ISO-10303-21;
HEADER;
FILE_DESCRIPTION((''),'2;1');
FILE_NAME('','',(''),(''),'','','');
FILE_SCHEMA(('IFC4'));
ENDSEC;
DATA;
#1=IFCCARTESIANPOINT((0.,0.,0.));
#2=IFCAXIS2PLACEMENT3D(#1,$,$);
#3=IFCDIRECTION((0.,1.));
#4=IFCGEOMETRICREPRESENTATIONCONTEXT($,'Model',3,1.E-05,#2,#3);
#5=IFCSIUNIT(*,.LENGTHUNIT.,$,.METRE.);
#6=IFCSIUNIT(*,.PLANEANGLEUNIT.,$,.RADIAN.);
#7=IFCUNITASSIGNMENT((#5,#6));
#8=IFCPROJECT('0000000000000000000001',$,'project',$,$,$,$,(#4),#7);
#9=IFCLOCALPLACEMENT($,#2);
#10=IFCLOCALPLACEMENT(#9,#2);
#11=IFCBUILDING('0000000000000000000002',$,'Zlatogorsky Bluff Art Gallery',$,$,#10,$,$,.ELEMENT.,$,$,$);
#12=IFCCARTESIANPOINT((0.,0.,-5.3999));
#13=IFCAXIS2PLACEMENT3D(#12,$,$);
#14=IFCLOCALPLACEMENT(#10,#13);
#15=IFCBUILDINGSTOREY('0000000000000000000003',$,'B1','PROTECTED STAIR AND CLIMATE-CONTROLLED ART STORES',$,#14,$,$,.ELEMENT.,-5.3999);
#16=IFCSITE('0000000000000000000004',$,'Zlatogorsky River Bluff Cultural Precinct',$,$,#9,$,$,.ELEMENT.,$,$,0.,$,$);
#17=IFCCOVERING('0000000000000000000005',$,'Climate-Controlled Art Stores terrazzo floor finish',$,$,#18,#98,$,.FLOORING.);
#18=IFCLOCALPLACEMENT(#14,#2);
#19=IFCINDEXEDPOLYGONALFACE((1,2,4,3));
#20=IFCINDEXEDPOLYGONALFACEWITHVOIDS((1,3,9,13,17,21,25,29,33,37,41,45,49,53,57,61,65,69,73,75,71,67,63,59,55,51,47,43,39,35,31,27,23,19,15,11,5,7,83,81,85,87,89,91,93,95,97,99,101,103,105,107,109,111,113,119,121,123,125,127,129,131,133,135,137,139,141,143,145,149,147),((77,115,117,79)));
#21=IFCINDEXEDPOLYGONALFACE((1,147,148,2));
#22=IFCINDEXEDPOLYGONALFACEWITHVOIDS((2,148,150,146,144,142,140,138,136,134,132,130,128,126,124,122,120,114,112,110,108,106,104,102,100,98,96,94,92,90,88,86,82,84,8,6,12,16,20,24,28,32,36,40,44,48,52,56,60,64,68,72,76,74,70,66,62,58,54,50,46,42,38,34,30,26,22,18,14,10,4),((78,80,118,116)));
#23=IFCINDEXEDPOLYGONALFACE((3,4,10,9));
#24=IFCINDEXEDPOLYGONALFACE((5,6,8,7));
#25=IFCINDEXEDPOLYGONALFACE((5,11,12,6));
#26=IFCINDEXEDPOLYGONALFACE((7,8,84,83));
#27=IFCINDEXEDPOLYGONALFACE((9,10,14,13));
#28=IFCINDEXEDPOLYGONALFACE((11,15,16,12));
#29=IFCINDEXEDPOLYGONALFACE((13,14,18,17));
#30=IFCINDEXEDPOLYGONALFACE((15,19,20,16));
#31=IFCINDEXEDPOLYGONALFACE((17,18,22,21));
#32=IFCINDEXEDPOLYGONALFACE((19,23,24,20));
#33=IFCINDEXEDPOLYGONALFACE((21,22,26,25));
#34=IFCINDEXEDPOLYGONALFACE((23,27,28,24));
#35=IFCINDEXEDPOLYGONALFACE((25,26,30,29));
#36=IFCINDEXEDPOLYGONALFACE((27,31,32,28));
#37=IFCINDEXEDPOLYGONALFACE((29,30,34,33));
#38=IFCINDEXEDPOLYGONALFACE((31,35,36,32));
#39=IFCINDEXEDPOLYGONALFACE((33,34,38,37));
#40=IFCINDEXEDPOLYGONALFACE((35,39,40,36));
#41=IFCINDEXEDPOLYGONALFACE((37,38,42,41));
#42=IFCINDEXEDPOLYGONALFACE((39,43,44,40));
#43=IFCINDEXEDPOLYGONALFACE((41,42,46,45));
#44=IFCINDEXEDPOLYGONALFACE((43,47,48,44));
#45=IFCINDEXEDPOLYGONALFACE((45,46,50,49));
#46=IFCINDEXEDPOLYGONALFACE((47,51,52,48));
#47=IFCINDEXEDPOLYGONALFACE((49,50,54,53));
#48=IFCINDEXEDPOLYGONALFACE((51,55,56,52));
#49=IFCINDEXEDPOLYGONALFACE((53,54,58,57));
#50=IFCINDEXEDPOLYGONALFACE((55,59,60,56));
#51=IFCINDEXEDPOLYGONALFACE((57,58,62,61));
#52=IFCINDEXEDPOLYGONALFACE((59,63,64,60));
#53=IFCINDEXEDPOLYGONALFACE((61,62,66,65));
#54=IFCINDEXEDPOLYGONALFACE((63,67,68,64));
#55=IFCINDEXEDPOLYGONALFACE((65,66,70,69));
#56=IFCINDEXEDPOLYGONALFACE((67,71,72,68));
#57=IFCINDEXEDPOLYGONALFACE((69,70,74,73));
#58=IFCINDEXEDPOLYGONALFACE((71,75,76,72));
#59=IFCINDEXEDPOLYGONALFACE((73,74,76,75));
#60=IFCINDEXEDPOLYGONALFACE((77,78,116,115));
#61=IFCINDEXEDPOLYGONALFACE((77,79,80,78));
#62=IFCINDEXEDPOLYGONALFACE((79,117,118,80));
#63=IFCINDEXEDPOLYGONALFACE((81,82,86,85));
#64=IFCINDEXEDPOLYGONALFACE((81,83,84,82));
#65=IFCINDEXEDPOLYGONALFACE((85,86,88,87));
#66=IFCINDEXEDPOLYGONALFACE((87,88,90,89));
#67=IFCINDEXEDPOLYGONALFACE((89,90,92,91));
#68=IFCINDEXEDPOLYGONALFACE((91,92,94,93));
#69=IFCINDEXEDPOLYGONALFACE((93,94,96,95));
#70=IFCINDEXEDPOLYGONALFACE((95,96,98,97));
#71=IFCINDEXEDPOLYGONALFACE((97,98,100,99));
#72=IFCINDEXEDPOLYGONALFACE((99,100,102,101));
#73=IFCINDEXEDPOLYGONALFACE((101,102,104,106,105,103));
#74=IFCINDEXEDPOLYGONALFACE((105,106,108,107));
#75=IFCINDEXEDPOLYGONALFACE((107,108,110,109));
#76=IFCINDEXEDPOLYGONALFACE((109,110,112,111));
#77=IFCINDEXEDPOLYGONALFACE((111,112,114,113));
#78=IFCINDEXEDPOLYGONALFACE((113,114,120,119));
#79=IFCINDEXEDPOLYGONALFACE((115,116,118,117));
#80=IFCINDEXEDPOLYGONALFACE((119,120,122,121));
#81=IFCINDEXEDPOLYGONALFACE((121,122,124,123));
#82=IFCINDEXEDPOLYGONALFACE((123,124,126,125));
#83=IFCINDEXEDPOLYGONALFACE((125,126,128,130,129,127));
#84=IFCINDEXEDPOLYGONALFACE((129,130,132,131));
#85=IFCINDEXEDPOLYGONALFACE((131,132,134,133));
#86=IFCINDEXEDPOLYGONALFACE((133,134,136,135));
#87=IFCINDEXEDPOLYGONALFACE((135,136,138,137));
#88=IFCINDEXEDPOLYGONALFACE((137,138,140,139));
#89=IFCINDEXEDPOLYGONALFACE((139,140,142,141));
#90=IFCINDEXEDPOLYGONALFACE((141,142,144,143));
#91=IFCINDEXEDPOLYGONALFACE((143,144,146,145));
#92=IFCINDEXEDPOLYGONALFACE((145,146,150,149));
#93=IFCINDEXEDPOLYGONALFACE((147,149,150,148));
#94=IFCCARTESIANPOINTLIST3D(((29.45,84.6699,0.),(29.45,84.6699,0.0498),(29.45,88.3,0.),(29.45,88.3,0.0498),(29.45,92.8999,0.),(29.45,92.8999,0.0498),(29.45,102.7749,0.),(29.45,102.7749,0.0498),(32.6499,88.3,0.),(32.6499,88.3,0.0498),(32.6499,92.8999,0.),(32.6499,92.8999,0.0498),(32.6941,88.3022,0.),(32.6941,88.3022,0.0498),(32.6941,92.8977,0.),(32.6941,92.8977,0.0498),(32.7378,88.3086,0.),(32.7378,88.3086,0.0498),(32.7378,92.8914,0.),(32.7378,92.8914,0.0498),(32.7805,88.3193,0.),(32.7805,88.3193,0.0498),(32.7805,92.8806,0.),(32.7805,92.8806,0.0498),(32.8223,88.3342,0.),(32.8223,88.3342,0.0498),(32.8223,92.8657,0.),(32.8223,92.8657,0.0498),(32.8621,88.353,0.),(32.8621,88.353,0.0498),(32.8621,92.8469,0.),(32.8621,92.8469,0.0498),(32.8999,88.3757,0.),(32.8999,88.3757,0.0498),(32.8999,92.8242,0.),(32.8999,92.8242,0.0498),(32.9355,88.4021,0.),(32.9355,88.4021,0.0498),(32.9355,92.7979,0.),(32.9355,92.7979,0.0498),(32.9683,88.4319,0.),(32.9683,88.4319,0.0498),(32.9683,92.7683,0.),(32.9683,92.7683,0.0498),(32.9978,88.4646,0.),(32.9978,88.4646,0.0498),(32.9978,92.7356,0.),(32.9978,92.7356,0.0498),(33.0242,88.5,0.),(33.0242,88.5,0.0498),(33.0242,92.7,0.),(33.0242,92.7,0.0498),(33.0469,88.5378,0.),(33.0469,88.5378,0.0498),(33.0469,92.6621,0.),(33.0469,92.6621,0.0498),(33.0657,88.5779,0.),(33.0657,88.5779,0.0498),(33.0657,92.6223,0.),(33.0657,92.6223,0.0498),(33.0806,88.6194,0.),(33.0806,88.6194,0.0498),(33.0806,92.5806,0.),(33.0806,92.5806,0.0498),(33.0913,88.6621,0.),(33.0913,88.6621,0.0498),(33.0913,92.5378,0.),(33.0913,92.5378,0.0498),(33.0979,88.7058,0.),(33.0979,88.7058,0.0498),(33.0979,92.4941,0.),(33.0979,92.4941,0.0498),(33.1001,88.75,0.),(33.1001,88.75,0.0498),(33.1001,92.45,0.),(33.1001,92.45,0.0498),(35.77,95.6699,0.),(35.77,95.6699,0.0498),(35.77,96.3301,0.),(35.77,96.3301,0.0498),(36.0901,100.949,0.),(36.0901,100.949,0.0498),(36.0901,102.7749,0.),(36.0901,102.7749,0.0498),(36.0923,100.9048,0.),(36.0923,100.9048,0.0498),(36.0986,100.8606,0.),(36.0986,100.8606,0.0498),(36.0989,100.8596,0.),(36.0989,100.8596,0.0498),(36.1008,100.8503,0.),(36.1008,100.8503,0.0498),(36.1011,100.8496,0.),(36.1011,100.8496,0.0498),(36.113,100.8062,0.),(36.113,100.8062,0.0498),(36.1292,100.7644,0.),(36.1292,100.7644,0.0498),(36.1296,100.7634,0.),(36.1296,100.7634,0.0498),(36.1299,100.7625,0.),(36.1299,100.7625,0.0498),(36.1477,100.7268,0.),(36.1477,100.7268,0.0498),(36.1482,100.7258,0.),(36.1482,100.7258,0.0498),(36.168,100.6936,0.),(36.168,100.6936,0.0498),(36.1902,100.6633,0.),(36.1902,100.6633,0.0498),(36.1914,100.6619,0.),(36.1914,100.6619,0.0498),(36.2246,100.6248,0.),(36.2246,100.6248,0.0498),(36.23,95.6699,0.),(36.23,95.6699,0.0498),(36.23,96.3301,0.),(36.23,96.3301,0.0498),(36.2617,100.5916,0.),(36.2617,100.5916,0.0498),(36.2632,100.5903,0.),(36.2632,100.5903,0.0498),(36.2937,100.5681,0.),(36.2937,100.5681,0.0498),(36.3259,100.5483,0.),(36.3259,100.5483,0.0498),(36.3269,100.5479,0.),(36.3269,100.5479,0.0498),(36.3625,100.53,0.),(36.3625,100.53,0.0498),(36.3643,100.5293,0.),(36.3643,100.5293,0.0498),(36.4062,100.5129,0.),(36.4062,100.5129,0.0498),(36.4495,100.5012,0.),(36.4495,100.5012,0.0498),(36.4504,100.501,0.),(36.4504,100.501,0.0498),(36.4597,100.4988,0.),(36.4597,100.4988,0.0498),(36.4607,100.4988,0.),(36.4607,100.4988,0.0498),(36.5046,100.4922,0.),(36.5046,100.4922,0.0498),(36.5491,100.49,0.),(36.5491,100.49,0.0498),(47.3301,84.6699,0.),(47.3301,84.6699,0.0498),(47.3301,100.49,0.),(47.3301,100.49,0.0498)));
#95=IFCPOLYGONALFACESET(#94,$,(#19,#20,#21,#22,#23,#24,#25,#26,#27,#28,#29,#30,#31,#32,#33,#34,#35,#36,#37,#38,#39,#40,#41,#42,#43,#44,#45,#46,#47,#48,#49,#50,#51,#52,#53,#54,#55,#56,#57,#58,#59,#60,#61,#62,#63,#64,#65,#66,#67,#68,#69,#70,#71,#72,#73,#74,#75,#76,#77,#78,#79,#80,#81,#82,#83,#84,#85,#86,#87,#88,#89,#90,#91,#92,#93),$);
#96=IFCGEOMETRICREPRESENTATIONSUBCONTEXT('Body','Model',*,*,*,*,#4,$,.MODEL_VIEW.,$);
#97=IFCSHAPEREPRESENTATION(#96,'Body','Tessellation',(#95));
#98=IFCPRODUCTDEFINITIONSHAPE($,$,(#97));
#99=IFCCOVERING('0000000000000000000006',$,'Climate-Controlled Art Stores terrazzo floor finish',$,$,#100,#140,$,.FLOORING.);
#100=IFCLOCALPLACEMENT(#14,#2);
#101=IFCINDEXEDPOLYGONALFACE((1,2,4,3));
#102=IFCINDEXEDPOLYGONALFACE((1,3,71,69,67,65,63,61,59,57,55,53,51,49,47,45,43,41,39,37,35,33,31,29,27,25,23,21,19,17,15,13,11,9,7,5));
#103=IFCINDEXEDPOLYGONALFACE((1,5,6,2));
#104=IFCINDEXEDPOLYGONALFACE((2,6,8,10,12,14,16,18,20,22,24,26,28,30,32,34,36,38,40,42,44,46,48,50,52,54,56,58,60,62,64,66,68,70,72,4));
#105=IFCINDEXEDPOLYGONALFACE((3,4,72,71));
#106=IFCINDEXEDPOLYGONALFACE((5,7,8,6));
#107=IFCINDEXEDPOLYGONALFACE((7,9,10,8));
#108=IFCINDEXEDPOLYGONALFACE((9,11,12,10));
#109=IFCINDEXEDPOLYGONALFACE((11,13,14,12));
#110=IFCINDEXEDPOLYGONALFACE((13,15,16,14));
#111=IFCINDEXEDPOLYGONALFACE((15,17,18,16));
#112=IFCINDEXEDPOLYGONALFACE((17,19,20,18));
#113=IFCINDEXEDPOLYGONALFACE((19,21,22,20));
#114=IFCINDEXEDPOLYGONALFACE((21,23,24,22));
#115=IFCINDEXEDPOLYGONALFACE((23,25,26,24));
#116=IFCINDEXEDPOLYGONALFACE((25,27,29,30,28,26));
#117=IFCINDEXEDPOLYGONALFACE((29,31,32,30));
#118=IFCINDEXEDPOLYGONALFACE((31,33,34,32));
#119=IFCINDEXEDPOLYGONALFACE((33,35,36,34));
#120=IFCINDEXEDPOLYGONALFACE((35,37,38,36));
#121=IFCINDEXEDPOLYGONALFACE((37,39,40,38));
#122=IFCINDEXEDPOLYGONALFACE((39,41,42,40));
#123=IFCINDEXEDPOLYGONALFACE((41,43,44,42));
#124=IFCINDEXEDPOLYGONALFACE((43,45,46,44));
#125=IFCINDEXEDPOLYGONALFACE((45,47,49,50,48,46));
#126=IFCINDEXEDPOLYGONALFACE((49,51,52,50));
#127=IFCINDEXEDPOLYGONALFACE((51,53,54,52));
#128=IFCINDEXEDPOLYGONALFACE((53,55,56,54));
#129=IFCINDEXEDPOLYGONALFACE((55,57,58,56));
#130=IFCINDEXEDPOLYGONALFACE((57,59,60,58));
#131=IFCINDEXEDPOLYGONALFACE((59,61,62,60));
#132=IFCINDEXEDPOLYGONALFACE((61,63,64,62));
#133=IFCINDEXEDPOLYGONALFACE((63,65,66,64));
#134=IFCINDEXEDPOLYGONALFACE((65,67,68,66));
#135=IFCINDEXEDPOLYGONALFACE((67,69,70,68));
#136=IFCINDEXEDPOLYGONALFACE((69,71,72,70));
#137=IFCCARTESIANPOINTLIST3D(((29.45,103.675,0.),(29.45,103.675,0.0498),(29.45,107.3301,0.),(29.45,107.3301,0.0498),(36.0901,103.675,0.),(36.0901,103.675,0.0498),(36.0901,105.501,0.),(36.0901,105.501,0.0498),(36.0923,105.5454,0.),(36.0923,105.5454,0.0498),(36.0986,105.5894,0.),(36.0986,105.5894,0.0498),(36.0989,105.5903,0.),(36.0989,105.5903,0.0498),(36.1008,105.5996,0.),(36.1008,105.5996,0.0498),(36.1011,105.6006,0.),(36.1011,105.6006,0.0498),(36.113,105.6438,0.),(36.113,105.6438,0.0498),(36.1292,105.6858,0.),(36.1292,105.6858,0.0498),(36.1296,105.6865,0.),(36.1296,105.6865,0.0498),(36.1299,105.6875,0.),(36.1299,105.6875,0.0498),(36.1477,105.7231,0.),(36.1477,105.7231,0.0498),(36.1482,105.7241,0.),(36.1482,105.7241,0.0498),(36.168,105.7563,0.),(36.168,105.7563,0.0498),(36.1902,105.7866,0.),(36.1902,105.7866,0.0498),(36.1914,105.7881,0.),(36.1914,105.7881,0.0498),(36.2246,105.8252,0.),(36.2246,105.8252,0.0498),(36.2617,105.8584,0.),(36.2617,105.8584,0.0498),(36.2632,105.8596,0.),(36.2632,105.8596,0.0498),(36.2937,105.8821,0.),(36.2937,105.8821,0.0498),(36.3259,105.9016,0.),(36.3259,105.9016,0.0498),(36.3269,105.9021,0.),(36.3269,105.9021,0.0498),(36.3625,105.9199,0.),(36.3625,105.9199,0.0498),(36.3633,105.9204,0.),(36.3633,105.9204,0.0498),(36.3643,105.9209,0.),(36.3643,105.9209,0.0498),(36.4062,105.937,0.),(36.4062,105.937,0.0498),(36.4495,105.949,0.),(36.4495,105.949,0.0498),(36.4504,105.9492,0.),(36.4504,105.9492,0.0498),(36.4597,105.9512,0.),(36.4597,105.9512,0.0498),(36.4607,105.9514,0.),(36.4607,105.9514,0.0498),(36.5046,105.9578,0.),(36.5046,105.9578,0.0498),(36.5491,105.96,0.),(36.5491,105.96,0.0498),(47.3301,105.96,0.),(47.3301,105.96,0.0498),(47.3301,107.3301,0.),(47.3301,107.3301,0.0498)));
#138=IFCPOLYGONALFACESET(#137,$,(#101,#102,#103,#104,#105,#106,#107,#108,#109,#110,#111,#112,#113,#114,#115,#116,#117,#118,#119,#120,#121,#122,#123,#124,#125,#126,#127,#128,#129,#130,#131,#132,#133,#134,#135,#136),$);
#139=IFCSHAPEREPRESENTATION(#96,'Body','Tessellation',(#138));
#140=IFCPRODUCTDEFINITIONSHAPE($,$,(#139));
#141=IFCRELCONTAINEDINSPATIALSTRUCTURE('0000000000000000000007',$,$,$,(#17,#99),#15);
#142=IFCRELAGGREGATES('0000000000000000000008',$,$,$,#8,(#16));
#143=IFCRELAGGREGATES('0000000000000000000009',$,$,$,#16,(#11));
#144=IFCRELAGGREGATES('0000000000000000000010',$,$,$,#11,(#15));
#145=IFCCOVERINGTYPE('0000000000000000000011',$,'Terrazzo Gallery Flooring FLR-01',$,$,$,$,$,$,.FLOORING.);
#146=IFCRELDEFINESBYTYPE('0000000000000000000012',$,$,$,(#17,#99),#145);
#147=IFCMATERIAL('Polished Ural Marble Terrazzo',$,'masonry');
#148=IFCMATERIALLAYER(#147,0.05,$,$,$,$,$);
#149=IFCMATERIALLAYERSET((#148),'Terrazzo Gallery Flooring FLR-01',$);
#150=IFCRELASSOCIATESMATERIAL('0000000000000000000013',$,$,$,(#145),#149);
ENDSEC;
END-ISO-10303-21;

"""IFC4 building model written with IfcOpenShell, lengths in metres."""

from ifc_helpers import new_model, si_unit, direction, frame, origin, place, context, subcontext, project, spatial, polyline, outline, extrude, material, layer, layer_set, type_object, element, save


model = new_model("IFC4")

# Units and contexts
model_context = context("Model", 3, precision=1e-05, world=origin(), true_north=direction((0.0, 1.0)))
body_context = subcontext(model_context, "Body", "Model", "MODEL_VIEW")
ifc_project = project(units=[si_unit("LENGTHUNIT", "METRE"), si_unit("PLANEANGLEUNIT", "RADIAN")], contexts=[model_context])

# Site, building, storey
site_placement = place(None, origin())
site = spatial("IfcSite", under=ifc_project, at=site_placement, Name="Zlatogorsky River Bluff Cultural Precinct", CompositionType="ELEMENT", RefElevation=0.0)
building_placement = place(site_placement, origin())
building = spatial("IfcBuilding", under=site, at=building_placement, Name="Zlatogorsky Bluff Art Gallery", CompositionType="ELEMENT")
storey_placement = place(building_placement, frame((0.0, 0.0, -5.3999)))
storey = spatial("IfcBuildingStorey", under=building, at=storey_placement, Name="B1", Description="PROTECTED STAIR AND CLIMATE-CONTROLLED ART STORES", CompositionType="ELEMENT", Elevation=-5.3999)

# Coverings
ifc_material_1 = material(Name="Polished Ural Marble Terrazzo", Category="masonry")
ifc_layer_1 = layer(ifc_material_1, 0.05)
ifc_layer_set_1 = layer_set([ifc_layer_1], Name="Terrazzo Gallery Flooring FLR-01")
covering_type_1 = type_object("IfcCoveringType", Name="Terrazzo Gallery Flooring FLR-01", PredefinedType="FLOORING", material=ifc_layer_set_1)
covering_1_placement = place(storey_placement, origin())
element("IfcCovering", 1, at=covering_1_placement, inside=storey, type_object=covering_type_1, Name="Climate-Controlled Art Stores terrazzo floor finish", PredefinedType="FLOORING", context=body_context, shape_type="SweptSolid", body=[
    extrude(outline(polyline([(32.6499, 88.3), (32.6941, 88.3022), (32.7378, 88.3086), (32.7805, 88.3193), (32.8223, 88.3342), (32.8621, 88.353), (32.8999, 88.3757), (32.9355, 88.4021), (32.9683, 88.4319), (32.9978, 88.4646), (33.0242, 88.5), (33.0469, 88.5378), (33.0657, 88.5779), (33.0806, 88.6194), (33.0913, 88.6621), (33.0979, 88.7058), (33.1001, 88.75), (33.1001, 92.45), (33.0979, 92.4941), (33.0913, 92.5378), (33.0806, 92.5806), (33.0657, 92.6223), (33.0469, 92.6621), (33.0242, 92.7), (32.9978, 92.7356), (32.9683, 92.7683), (32.9355, 92.7979), (32.8999, 92.8242), (32.8621, 92.8469), (32.8223, 92.8657), (32.7805, 92.8806), (32.7378, 92.8914), (32.6941, 92.8977), (32.6499, 92.8999), (29.45, 92.8999), (29.45, 102.7749), (36.0901, 102.7749), (36.0901, 100.949), (36.0923, 100.9048), (36.0986, 100.8606), (36.0989, 100.8596), (36.1008, 100.8503), (36.1011, 100.8496), (36.113, 100.8062), (36.1292, 100.7644), (36.1296, 100.7634), (36.1299, 100.7625), (36.1477, 100.7268), (36.1482, 100.7258), (36.168, 100.6936), (36.1902, 100.6633), (36.1914, 100.6619), (36.2246, 100.6248), (36.2617, 100.5916), (36.2632, 100.5903), (36.2937, 100.5681), (36.3259, 100.5483), (36.3269, 100.5479), (36.3625, 100.53), (36.3643, 100.5293), (36.4062, 100.5129), (36.4495, 100.5012), (36.4504, 100.501), (36.4597, 100.4988), (36.4607, 100.4988), (36.5046, 100.4922), (36.5491, 100.49), (47.3301, 100.49), (47.3301, 84.6699), (29.45, 84.6699), (29.45, 88.3), (32.6499, 88.3)]), holes=[polyline([(35.77, 96.3301), (35.77, 95.6699), (36.23, 95.6699), (36.23, 96.3301), (35.77, 96.3301)])]), origin(), (0.0, 0.0, 1.0), 0.0498),
])
covering_2_placement = place(storey_placement, origin())
element("IfcCovering", 2, at=covering_2_placement, inside=storey, type_object=covering_type_1, Name="Climate-Controlled Art Stores terrazzo floor finish", PredefinedType="FLOORING", context=body_context, shape_type="SweptSolid", body=[
    extrude(outline(polyline([(36.5491, 105.96), (36.5046, 105.9578), (36.4607, 105.9514), (36.4597, 105.9512), (36.4504, 105.9492), (36.4495, 105.949), (36.4062, 105.937), (36.3643, 105.9209), (36.3633, 105.9204), (36.3625, 105.9199), (36.3269, 105.9021), (36.3259, 105.9016), (36.2937, 105.8821), (36.2632, 105.8596), (36.2617, 105.8584), (36.2246, 105.8252), (36.1914, 105.7881), (36.1902, 105.7866), (36.168, 105.7563), (36.1482, 105.7241), (36.1477, 105.7231), (36.1299, 105.6875), (36.1296, 105.6865), (36.1292, 105.6858), (36.113, 105.6438), (36.1011, 105.6006), (36.1008, 105.5996), (36.0989, 105.5903), (36.0986, 105.5894), (36.0923, 105.5454), (36.0901, 105.501), (36.0901, 103.675), (29.45, 103.675), (29.45, 107.3301), (47.3301, 107.3301), (47.3301, 105.96), (36.5491, 105.96)])), origin(), (0.0, 0.0, 1.0), 0.0498),
])

save(model, "model.ifc")
